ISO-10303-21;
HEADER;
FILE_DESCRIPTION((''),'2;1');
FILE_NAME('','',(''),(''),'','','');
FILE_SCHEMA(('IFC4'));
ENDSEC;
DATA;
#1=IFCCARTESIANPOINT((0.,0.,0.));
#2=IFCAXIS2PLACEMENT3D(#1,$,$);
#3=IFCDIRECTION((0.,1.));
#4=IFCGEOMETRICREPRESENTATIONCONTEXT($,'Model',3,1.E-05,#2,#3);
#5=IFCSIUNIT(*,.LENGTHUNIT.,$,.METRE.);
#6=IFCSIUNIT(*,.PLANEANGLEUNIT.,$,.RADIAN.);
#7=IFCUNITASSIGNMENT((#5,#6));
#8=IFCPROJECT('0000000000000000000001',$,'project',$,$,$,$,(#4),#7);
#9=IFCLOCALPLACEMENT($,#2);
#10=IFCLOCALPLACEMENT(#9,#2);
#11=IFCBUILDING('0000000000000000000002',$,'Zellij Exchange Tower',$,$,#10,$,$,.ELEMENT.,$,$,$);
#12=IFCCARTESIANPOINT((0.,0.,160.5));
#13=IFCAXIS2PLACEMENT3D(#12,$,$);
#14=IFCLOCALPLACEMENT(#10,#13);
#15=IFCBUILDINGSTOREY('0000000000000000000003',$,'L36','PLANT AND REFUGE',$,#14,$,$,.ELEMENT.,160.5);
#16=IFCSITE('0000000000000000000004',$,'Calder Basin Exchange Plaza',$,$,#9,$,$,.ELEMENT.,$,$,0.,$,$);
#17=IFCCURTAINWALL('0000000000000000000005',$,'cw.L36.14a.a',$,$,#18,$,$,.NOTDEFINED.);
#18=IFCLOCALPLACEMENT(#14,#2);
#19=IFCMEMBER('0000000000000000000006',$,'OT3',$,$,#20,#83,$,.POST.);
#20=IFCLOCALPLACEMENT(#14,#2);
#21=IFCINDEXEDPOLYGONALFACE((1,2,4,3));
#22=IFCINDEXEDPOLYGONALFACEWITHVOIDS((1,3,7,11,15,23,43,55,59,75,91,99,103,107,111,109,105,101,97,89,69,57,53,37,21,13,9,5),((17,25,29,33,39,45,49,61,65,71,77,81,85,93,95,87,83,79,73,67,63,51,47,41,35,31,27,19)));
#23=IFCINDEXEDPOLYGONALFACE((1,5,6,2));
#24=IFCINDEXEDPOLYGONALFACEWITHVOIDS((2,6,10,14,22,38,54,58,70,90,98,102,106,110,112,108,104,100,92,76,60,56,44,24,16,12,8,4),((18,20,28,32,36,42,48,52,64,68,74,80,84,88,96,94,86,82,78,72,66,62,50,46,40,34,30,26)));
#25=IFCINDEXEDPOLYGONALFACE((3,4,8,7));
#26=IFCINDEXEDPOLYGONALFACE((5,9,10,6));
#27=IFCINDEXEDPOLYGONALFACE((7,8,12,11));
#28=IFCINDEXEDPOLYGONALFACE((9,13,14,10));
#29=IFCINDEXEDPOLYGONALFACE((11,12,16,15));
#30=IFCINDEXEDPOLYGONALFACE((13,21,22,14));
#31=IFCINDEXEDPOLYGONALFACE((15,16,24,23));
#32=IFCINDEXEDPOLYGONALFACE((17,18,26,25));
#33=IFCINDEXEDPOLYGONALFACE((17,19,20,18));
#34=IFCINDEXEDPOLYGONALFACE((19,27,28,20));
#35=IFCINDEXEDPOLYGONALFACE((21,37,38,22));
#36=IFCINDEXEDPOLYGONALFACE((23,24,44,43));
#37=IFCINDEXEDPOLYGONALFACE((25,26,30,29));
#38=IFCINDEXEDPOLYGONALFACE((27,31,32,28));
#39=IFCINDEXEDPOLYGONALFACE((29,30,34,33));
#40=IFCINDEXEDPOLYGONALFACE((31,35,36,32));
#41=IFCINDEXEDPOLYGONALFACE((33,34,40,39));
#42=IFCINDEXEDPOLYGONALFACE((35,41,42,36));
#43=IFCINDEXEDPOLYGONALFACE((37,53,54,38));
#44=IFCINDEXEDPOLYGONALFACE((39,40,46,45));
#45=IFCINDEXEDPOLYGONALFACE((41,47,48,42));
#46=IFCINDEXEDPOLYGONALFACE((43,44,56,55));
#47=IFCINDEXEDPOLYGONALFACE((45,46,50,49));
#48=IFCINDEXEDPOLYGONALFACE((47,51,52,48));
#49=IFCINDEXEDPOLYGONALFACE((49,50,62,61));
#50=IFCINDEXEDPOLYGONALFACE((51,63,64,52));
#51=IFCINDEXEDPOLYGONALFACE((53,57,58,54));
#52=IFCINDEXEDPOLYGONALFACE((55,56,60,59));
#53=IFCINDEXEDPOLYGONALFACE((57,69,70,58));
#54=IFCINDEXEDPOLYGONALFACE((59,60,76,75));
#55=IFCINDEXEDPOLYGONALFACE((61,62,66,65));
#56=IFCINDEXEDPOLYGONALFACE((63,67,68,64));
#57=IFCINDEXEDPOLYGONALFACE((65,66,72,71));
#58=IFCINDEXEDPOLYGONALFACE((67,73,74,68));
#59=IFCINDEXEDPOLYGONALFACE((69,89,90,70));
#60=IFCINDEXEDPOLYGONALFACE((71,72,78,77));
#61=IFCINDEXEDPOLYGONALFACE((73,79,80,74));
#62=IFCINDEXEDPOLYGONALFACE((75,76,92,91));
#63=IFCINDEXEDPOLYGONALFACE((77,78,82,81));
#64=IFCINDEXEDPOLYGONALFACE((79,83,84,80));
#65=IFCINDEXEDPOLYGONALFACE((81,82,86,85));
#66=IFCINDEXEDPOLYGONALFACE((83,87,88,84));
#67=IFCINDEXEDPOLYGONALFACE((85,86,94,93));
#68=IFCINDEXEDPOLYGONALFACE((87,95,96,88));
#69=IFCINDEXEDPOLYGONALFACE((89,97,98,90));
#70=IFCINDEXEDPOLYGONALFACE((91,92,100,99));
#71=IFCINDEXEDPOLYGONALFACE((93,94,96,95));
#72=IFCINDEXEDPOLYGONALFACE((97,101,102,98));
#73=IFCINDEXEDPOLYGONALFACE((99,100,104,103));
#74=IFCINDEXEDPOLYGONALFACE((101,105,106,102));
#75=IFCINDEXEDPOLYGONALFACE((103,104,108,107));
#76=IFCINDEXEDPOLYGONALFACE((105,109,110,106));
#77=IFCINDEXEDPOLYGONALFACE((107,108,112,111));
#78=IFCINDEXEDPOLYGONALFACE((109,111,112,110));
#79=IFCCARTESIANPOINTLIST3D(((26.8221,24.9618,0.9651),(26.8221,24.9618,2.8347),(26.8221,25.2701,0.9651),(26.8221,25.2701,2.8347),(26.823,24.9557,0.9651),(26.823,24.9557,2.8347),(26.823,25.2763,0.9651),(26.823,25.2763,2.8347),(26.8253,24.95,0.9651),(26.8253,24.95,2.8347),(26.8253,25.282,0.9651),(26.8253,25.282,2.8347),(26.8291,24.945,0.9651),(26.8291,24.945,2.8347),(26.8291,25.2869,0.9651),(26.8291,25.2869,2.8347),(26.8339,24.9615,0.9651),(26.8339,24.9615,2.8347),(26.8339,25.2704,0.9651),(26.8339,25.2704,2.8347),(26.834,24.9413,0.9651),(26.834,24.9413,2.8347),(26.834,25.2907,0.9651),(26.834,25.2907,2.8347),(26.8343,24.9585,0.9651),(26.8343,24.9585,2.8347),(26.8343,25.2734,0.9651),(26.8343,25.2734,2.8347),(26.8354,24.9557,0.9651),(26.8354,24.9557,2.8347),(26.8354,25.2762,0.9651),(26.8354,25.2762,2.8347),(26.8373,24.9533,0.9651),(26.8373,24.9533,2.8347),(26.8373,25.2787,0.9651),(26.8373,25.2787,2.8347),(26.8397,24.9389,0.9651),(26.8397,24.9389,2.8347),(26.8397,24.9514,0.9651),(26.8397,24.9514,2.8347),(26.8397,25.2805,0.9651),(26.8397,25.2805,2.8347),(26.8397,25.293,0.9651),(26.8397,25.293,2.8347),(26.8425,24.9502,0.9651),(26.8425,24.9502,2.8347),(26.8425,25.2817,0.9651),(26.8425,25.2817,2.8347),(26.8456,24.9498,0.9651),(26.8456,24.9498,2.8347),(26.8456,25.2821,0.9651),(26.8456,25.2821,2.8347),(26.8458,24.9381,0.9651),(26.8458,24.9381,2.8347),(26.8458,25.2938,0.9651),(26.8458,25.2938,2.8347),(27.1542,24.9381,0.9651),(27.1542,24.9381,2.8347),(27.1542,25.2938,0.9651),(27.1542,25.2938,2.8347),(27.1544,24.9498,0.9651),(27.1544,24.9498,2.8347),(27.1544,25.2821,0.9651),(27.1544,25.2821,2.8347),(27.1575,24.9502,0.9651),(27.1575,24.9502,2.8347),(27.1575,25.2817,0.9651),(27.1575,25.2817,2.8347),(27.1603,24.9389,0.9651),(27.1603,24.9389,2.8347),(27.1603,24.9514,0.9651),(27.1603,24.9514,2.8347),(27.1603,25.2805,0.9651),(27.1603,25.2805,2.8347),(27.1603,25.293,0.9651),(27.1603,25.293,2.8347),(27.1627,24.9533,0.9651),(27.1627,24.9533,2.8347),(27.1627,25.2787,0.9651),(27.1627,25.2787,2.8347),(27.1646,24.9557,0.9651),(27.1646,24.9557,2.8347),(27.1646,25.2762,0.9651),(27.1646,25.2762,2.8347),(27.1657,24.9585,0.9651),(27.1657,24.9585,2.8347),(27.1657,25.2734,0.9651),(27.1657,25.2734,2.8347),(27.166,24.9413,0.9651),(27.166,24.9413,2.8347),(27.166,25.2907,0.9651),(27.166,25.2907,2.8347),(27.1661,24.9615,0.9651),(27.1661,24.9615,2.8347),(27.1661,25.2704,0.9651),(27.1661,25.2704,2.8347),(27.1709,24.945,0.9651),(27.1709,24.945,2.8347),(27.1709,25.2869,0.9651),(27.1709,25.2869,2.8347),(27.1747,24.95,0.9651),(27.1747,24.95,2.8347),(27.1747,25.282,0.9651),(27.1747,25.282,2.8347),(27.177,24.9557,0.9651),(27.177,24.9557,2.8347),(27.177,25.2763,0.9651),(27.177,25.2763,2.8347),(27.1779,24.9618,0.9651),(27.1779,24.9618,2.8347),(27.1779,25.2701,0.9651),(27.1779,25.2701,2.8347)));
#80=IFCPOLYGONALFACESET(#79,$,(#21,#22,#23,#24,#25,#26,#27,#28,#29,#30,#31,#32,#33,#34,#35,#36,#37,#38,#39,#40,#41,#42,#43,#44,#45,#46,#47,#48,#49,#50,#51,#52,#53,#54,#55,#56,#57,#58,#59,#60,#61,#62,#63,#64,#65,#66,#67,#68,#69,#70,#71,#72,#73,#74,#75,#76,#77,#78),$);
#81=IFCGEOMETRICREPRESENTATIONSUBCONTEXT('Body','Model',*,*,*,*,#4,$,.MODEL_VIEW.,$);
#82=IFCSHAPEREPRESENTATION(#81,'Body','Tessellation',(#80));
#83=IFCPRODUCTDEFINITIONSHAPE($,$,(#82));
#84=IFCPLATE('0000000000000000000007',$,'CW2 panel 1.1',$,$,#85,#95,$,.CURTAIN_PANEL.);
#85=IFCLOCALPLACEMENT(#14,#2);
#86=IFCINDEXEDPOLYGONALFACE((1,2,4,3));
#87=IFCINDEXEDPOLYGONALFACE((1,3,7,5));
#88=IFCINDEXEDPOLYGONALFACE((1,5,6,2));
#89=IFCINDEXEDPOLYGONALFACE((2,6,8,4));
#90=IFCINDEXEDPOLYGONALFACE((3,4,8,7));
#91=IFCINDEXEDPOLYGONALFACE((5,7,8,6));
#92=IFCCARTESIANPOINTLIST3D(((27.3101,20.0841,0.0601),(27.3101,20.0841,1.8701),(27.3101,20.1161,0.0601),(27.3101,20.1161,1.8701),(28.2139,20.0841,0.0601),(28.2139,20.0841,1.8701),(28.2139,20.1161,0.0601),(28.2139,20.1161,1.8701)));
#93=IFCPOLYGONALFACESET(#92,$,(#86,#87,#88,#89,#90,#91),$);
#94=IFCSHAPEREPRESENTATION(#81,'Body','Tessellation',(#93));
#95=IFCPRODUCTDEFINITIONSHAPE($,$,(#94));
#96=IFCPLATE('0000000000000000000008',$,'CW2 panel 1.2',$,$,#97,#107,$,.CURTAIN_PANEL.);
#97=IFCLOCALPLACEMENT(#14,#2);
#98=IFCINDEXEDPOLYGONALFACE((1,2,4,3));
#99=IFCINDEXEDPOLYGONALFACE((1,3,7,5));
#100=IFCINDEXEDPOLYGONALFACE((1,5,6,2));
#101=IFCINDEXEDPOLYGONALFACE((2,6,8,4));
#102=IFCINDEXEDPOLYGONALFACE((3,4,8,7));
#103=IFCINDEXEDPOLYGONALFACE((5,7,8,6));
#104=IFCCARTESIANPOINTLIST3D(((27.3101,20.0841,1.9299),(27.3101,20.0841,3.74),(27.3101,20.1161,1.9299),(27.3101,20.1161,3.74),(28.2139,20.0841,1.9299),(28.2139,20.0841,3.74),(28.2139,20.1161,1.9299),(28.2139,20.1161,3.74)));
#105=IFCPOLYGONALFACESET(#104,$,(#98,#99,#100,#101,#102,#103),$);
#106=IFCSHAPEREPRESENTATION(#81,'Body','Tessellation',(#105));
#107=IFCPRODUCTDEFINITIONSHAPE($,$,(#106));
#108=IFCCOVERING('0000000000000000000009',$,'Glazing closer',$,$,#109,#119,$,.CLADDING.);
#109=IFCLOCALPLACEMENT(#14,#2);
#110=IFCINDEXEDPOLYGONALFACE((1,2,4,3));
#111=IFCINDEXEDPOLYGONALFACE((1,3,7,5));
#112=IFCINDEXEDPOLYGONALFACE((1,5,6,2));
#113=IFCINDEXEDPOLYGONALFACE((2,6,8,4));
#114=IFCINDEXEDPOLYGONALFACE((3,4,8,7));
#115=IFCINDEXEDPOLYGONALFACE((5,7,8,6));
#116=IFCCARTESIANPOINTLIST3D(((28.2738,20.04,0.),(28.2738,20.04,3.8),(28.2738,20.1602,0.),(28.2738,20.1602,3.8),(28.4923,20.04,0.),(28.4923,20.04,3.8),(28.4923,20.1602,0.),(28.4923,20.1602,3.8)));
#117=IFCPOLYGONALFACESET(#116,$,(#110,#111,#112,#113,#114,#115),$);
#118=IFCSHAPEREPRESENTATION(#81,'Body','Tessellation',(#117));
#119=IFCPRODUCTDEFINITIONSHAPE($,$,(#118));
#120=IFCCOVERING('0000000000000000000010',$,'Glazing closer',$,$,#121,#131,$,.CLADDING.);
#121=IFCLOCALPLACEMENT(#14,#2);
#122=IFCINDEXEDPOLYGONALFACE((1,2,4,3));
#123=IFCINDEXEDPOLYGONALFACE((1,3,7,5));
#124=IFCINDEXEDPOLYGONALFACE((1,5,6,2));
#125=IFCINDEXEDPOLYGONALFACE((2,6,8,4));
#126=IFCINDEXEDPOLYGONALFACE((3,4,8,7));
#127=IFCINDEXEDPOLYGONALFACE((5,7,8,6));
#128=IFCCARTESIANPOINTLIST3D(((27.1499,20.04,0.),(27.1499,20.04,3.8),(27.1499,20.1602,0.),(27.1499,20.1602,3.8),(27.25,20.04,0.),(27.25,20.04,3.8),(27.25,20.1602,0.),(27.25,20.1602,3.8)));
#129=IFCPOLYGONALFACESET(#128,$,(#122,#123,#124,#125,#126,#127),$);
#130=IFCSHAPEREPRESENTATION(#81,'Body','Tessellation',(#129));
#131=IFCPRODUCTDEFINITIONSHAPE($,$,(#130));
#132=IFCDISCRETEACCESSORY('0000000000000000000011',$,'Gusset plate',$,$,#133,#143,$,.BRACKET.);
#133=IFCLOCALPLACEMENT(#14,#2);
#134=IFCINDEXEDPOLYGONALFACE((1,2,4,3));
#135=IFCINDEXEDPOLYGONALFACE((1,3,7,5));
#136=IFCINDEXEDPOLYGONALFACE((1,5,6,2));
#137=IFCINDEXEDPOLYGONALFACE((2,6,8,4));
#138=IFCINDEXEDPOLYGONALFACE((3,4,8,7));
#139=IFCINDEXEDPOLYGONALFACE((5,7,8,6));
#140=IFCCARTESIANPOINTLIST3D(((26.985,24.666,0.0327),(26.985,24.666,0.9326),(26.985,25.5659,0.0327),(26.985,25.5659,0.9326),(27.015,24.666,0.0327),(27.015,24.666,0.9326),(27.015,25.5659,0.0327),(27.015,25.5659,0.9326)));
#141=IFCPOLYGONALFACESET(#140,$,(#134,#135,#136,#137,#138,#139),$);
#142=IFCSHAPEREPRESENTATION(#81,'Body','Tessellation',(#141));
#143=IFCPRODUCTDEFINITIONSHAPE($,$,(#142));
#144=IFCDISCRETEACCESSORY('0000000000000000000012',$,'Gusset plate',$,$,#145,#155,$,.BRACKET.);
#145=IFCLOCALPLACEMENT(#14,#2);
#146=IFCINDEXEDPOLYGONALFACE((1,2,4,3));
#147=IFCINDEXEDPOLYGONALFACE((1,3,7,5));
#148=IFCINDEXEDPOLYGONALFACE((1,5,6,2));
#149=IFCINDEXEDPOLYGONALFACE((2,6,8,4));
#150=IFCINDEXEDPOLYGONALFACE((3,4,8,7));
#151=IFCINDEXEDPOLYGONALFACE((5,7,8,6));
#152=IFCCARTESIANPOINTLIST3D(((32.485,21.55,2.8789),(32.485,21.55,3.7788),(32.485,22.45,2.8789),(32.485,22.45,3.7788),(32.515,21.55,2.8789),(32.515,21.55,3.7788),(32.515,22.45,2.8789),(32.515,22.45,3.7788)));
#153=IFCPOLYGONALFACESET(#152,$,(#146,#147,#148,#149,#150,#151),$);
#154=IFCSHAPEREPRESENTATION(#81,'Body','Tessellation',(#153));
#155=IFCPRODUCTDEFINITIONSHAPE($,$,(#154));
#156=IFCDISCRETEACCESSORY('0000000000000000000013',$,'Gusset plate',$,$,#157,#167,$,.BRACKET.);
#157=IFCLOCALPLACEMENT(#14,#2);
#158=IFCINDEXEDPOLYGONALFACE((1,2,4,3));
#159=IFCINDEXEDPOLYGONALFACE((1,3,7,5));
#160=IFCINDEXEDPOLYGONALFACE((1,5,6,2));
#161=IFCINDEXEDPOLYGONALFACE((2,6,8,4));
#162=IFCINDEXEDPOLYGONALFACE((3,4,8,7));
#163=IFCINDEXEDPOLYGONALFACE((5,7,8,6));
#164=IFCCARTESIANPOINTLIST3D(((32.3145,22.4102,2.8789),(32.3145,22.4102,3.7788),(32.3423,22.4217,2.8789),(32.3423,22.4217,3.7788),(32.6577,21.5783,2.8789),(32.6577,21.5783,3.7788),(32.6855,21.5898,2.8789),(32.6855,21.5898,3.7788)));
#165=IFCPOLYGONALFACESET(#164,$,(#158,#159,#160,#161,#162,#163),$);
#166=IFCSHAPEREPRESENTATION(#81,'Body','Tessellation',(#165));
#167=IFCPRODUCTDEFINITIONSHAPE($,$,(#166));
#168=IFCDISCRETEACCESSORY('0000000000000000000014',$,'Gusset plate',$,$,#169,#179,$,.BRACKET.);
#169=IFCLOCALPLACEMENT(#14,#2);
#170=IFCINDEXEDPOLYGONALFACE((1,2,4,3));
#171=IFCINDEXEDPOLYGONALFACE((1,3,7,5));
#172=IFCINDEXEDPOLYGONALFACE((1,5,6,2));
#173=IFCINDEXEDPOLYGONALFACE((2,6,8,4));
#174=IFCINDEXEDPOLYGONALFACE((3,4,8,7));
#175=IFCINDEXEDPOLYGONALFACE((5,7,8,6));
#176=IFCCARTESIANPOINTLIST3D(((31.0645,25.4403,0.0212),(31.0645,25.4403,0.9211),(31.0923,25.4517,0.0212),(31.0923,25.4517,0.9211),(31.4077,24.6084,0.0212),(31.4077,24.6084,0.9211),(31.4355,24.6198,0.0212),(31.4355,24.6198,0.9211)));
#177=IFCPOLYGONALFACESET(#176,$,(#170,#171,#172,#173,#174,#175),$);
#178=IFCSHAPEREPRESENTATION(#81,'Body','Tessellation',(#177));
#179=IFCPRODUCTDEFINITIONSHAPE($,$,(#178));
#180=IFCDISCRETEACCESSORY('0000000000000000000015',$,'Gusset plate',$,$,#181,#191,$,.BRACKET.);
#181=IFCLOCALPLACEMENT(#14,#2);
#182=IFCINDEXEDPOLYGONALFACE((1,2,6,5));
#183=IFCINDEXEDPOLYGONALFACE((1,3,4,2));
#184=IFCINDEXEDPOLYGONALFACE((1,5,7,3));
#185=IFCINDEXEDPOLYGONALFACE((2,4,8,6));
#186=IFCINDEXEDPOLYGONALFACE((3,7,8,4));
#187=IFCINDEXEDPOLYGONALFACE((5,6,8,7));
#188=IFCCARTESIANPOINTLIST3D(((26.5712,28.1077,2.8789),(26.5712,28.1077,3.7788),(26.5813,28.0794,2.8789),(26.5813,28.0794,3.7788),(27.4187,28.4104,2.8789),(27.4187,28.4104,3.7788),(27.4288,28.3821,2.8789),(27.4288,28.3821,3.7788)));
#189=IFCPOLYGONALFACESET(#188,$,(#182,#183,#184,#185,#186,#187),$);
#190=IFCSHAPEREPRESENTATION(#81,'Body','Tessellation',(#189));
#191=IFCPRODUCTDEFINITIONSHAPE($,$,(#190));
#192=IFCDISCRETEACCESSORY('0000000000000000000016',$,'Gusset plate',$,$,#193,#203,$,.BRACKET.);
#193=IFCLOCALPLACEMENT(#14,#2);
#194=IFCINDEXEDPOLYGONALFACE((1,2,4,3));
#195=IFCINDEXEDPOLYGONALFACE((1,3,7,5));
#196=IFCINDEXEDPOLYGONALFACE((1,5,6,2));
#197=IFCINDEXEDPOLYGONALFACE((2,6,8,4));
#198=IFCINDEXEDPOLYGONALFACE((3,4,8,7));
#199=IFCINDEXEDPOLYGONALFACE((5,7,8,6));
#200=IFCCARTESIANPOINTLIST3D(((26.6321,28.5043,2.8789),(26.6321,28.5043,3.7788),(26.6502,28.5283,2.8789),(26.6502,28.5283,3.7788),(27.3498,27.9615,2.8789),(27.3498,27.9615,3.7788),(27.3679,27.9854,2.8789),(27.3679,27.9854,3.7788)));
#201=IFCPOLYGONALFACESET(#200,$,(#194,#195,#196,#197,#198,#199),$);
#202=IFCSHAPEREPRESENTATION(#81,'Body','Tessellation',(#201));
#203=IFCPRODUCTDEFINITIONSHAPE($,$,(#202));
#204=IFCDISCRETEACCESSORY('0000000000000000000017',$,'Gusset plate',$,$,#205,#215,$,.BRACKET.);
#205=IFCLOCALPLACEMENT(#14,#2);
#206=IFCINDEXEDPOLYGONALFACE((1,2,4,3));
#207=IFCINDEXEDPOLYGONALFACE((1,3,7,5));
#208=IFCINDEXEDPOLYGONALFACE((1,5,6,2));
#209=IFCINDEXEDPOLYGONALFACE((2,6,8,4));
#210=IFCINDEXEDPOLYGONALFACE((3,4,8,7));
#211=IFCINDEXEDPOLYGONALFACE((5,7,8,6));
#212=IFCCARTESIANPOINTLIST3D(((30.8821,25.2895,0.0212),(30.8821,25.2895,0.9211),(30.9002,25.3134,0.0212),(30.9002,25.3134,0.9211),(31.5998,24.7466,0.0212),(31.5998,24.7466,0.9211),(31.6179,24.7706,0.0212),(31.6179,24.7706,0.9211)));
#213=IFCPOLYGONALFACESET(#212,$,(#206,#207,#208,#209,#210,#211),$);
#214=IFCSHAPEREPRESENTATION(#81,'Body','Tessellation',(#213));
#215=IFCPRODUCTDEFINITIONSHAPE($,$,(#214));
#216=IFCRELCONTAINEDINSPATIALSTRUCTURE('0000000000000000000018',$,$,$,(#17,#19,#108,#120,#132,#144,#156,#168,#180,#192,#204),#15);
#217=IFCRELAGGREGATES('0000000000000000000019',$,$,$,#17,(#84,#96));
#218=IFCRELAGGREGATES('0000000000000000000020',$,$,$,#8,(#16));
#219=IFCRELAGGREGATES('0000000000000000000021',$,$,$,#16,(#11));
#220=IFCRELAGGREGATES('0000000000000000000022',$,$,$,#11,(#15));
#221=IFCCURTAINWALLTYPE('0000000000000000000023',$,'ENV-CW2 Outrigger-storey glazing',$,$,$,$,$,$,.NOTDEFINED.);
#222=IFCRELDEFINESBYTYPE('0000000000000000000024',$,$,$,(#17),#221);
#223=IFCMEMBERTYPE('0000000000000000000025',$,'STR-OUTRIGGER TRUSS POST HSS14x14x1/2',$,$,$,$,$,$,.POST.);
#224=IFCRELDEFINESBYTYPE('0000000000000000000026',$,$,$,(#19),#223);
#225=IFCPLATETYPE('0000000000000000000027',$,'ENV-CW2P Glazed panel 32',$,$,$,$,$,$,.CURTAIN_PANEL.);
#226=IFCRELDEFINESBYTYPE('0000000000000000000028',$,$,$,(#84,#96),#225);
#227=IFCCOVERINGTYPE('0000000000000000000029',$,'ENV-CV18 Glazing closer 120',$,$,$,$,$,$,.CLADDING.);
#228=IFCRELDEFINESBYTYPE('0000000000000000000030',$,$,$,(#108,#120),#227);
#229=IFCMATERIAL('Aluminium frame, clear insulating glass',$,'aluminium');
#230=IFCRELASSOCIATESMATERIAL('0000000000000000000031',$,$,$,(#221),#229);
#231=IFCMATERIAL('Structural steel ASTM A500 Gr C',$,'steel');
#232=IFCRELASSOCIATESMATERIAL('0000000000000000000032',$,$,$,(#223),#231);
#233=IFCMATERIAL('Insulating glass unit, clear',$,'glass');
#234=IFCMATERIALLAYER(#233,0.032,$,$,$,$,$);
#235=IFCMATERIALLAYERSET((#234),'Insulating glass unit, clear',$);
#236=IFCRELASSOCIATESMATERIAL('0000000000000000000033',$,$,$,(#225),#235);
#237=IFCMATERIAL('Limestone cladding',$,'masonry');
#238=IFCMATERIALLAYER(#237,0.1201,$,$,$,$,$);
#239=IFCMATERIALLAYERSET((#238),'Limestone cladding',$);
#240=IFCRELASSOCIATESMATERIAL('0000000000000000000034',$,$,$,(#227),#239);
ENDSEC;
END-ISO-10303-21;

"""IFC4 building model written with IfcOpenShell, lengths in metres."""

from ifc_helpers import new_model, si_unit, direction, frame, origin, origin_2d, place, context, subcontext, project, spatial, rectangle, hollow_rectangle, extrude, material, layer, layer_set, material_profile, profile_set, type_object, element, aggregate, save


model = new_model("IFC4")

# Units and contexts
model_context = context("Model", 3, precision=1e-05, world=origin(), true_north=direction((0.0, 1.0)))
body_context = subcontext(model_context, "Body", "Model", "MODEL_VIEW")
ifc_project = project(units=[si_unit("LENGTHUNIT", "METRE"), si_unit("PLANEANGLEUNIT", "RADIAN")], contexts=[model_context])

# Site, building, storey
site_placement = place(None, origin())
site = spatial("IfcSite", under=ifc_project, at=site_placement, Name="Calder Basin Exchange Plaza", CompositionType="ELEMENT", RefElevation=0.0)
building_placement = place(site_placement, origin())
building = spatial("IfcBuilding", under=site, at=building_placement, Name="Zellij Exchange Tower", CompositionType="ELEMENT")
storey_placement = place(building_placement, frame((0.0, 0.0, 160.5)))
storey = spatial("IfcBuildingStorey", under=building, at=storey_placement, Name="L36", Description="PLANT AND REFUGE", CompositionType="ELEMENT", Elevation=160.5)

# Curtain wall
ifc_material_1 = material(Name="Aluminium frame, clear insulating glass", Category="aluminium")
curtain_wall_type = type_object("IfcCurtainWallType", Name="ENV-CW2 Outrigger-storey glazing", PredefinedType="NOTDEFINED", material=ifc_material_1)
curtain_wall_placement = place(storey_placement, origin())
curtain_wall = element("IfcCurtainWall", 1, at=curtain_wall_placement, inside=storey, type_object=curtain_wall_type, Name="cw.L36.14a.a", PredefinedType="NOTDEFINED")

# Shared definitions
ifc_material_2 = material(Name="Structural steel ASTM A500 Gr C", Category="steel")

# Member
ifc_material_profile_1 = material_profile(ifc_material_2, hollow_rectangle(XDim=0.3557, YDim=0.3557, WallThickness=0.0117, InnerFilletRadius=0.0117, OuterFilletRadius=0.0237, at=origin_2d()), Name="STR-OUTRIGGER TRUSS POST HSS14x14x1/2")
ifc_profile_set_1 = profile_set([ifc_material_profile_1], Name="Structural steel ASTM A500 Gr C")
member_type_1 = type_object("IfcMemberType", Name="STR-OUTRIGGER TRUSS POST HSS14x14x1/2", PredefinedType="POST", material=ifc_profile_set_1)
member_1_placement = place(storey_placement, frame((27.0, 25.116, 0.9651), z_axis=(0.0, 0.0, 1.0), x_axis=(1.0, 0.0, 0.0)))
element("IfcMember", 2, at=member_1_placement, inside=storey, type_object=member_type_1, Name="OT3", PredefinedType="POST", context=body_context, shape_type="SweptSolid", body=[
    extrude(hollow_rectangle(XDim=0.3557, YDim=0.3557, WallThickness=0.0117, InnerFilletRadius=0.0117, OuterFilletRadius=0.0237, at=origin_2d()), origin(), (0.0, 0.0, 1.0), 1.8696),
])

# Plates
ifc_material_3 = material(Name="Insulating glass unit, clear", Category="glass")
ifc_layer_1 = layer(ifc_material_3, 0.032)
ifc_layer_set_1 = layer_set([ifc_layer_1], Name="Insulating glass unit, clear")
plate_type = type_object("IfcPlateType", Name="ENV-CW2P Glazed panel 32", PredefinedType="CURTAIN_PANEL", material=ifc_layer_set_1)
plate_1_placement = place(storey_placement, frame((27.762, 20.1001, 0.0601), z_axis=(0.0, 0.0, 1.0), x_axis=(-1.0, 0.0, 0.0)))
plate_1 = element("IfcPlate", 3, at=plate_1_placement, type_object=plate_type, Name="CW2 panel 1.1", PredefinedType="CURTAIN_PANEL", context=body_context, shape_type="SweptSolid", body=[
    extrude(rectangle(XDim=0.9038, YDim=0.032, at=origin_2d()), origin(), (0.0, 0.0, 1.0), 1.8101),
])
plate_2_placement = place(storey_placement, frame((27.762, 20.1001, 1.9299), z_axis=(0.0, 0.0, 1.0), x_axis=(-1.0, 0.0, 0.0)))
plate_2 = element("IfcPlate", 4, at=plate_2_placement, type_object=plate_type, Name="CW2 panel 1.2", PredefinedType="CURTAIN_PANEL", context=body_context, shape_type="SweptSolid", body=[
    extrude(rectangle(XDim=0.9038, YDim=0.032, at=origin_2d()), origin(), (0.0, 0.0, 1.0), 1.8101),
])
aggregate(curtain_wall, [plate_1, plate_2])

# Coverings
ifc_material_4 = material(Name="Limestone cladding", Category="masonry")
ifc_layer_2 = layer(ifc_material_4, 0.1201)
ifc_layer_set_2 = layer_set([ifc_layer_2], Name="Limestone cladding")
covering_type = type_object("IfcCoveringType", Name="ENV-CV18 Glazing closer 120", PredefinedType="CLADDING", material=ifc_layer_set_2)
covering_1_placement = place(storey_placement, frame((28.3831, 20.1001, 0.0), z_axis=(0.0, 0.0, 1.0), x_axis=(1.0, 0.0, 0.0)))
element("IfcCovering", 5, at=covering_1_placement, inside=storey, type_object=covering_type, Name="Glazing closer", PredefinedType="CLADDING", context=body_context, shape_type="SweptSolid", body=[
    extrude(rectangle(XDim=0.2185, YDim=0.1201, at=origin_2d()), origin(), (0.0, 0.0, 1.0), 3.8),
])
covering_2_placement = place(storey_placement, frame((27.2, 20.1001, 0.0), z_axis=(0.0, 0.0, 1.0), x_axis=(-1.0, 0.0, 0.0)))
element("IfcCovering", 6, at=covering_2_placement, inside=storey, type_object=covering_type, Name="Glazing closer", PredefinedType="CLADDING", context=body_context, shape_type="SweptSolid", body=[
    extrude(rectangle(XDim=0.1001, YDim=0.1201, at=origin_2d()), origin(), (0.0, 0.0, 1.0), 3.8),
])

# Discrete accessories
for number, where, z_axis, x_axis, name in (
    (7, (27.0, 25.116, 0.0327), (0.0, 0.0, 1.0), (0.0, 1.0, 0.0), "Gusset plate"),
    (8, (32.5, 22.0, 2.8789), (0.0, 0.0, 1.0), (0.0, 1.0, 0.0), "Gusset plate"),
    (9, (32.5, 22.0, 2.8789), (0.0, 0.0, 1.0), (-0.381353, 0.92443, 0.0), "Gusset plate"),
    (10, (31.25, 25.03, 0.0212), (0.0, 0.0, 1.0), (-0.381353, 0.92443, 0.0), "Gusset plate"),
    (11, (27.0, 28.2449, 2.8789), (0.0, 0.0, 1.0), (0.941725, 0.336384, 0.0), "Gusset plate"),
    (12, (27.0, 28.2449, 2.8789), (0.0, 0.0, 1.0), (0.797534, -0.603273, 0.0), "Gusset plate"),
    (13, (31.25, 25.03, 0.0212), (0.0, 0.0, 1.0), (0.797534, -0.603273, 0.0), "Gusset plate"),
):
    element("IfcDiscreteAccessory", number, at=place(storey_placement, frame(where, z_axis=z_axis, x_axis=x_axis)), inside=storey, Name=name, PredefinedType="BRACKET", context=body_context, shape_type="SweptSolid", body=[
        extrude(rectangle(XDim=0.8999, YDim=0.03, at=origin_2d()), origin(), (0.0, 0.0, 1.0), 0.8999),
    ])

save(model, "model.ifc")
